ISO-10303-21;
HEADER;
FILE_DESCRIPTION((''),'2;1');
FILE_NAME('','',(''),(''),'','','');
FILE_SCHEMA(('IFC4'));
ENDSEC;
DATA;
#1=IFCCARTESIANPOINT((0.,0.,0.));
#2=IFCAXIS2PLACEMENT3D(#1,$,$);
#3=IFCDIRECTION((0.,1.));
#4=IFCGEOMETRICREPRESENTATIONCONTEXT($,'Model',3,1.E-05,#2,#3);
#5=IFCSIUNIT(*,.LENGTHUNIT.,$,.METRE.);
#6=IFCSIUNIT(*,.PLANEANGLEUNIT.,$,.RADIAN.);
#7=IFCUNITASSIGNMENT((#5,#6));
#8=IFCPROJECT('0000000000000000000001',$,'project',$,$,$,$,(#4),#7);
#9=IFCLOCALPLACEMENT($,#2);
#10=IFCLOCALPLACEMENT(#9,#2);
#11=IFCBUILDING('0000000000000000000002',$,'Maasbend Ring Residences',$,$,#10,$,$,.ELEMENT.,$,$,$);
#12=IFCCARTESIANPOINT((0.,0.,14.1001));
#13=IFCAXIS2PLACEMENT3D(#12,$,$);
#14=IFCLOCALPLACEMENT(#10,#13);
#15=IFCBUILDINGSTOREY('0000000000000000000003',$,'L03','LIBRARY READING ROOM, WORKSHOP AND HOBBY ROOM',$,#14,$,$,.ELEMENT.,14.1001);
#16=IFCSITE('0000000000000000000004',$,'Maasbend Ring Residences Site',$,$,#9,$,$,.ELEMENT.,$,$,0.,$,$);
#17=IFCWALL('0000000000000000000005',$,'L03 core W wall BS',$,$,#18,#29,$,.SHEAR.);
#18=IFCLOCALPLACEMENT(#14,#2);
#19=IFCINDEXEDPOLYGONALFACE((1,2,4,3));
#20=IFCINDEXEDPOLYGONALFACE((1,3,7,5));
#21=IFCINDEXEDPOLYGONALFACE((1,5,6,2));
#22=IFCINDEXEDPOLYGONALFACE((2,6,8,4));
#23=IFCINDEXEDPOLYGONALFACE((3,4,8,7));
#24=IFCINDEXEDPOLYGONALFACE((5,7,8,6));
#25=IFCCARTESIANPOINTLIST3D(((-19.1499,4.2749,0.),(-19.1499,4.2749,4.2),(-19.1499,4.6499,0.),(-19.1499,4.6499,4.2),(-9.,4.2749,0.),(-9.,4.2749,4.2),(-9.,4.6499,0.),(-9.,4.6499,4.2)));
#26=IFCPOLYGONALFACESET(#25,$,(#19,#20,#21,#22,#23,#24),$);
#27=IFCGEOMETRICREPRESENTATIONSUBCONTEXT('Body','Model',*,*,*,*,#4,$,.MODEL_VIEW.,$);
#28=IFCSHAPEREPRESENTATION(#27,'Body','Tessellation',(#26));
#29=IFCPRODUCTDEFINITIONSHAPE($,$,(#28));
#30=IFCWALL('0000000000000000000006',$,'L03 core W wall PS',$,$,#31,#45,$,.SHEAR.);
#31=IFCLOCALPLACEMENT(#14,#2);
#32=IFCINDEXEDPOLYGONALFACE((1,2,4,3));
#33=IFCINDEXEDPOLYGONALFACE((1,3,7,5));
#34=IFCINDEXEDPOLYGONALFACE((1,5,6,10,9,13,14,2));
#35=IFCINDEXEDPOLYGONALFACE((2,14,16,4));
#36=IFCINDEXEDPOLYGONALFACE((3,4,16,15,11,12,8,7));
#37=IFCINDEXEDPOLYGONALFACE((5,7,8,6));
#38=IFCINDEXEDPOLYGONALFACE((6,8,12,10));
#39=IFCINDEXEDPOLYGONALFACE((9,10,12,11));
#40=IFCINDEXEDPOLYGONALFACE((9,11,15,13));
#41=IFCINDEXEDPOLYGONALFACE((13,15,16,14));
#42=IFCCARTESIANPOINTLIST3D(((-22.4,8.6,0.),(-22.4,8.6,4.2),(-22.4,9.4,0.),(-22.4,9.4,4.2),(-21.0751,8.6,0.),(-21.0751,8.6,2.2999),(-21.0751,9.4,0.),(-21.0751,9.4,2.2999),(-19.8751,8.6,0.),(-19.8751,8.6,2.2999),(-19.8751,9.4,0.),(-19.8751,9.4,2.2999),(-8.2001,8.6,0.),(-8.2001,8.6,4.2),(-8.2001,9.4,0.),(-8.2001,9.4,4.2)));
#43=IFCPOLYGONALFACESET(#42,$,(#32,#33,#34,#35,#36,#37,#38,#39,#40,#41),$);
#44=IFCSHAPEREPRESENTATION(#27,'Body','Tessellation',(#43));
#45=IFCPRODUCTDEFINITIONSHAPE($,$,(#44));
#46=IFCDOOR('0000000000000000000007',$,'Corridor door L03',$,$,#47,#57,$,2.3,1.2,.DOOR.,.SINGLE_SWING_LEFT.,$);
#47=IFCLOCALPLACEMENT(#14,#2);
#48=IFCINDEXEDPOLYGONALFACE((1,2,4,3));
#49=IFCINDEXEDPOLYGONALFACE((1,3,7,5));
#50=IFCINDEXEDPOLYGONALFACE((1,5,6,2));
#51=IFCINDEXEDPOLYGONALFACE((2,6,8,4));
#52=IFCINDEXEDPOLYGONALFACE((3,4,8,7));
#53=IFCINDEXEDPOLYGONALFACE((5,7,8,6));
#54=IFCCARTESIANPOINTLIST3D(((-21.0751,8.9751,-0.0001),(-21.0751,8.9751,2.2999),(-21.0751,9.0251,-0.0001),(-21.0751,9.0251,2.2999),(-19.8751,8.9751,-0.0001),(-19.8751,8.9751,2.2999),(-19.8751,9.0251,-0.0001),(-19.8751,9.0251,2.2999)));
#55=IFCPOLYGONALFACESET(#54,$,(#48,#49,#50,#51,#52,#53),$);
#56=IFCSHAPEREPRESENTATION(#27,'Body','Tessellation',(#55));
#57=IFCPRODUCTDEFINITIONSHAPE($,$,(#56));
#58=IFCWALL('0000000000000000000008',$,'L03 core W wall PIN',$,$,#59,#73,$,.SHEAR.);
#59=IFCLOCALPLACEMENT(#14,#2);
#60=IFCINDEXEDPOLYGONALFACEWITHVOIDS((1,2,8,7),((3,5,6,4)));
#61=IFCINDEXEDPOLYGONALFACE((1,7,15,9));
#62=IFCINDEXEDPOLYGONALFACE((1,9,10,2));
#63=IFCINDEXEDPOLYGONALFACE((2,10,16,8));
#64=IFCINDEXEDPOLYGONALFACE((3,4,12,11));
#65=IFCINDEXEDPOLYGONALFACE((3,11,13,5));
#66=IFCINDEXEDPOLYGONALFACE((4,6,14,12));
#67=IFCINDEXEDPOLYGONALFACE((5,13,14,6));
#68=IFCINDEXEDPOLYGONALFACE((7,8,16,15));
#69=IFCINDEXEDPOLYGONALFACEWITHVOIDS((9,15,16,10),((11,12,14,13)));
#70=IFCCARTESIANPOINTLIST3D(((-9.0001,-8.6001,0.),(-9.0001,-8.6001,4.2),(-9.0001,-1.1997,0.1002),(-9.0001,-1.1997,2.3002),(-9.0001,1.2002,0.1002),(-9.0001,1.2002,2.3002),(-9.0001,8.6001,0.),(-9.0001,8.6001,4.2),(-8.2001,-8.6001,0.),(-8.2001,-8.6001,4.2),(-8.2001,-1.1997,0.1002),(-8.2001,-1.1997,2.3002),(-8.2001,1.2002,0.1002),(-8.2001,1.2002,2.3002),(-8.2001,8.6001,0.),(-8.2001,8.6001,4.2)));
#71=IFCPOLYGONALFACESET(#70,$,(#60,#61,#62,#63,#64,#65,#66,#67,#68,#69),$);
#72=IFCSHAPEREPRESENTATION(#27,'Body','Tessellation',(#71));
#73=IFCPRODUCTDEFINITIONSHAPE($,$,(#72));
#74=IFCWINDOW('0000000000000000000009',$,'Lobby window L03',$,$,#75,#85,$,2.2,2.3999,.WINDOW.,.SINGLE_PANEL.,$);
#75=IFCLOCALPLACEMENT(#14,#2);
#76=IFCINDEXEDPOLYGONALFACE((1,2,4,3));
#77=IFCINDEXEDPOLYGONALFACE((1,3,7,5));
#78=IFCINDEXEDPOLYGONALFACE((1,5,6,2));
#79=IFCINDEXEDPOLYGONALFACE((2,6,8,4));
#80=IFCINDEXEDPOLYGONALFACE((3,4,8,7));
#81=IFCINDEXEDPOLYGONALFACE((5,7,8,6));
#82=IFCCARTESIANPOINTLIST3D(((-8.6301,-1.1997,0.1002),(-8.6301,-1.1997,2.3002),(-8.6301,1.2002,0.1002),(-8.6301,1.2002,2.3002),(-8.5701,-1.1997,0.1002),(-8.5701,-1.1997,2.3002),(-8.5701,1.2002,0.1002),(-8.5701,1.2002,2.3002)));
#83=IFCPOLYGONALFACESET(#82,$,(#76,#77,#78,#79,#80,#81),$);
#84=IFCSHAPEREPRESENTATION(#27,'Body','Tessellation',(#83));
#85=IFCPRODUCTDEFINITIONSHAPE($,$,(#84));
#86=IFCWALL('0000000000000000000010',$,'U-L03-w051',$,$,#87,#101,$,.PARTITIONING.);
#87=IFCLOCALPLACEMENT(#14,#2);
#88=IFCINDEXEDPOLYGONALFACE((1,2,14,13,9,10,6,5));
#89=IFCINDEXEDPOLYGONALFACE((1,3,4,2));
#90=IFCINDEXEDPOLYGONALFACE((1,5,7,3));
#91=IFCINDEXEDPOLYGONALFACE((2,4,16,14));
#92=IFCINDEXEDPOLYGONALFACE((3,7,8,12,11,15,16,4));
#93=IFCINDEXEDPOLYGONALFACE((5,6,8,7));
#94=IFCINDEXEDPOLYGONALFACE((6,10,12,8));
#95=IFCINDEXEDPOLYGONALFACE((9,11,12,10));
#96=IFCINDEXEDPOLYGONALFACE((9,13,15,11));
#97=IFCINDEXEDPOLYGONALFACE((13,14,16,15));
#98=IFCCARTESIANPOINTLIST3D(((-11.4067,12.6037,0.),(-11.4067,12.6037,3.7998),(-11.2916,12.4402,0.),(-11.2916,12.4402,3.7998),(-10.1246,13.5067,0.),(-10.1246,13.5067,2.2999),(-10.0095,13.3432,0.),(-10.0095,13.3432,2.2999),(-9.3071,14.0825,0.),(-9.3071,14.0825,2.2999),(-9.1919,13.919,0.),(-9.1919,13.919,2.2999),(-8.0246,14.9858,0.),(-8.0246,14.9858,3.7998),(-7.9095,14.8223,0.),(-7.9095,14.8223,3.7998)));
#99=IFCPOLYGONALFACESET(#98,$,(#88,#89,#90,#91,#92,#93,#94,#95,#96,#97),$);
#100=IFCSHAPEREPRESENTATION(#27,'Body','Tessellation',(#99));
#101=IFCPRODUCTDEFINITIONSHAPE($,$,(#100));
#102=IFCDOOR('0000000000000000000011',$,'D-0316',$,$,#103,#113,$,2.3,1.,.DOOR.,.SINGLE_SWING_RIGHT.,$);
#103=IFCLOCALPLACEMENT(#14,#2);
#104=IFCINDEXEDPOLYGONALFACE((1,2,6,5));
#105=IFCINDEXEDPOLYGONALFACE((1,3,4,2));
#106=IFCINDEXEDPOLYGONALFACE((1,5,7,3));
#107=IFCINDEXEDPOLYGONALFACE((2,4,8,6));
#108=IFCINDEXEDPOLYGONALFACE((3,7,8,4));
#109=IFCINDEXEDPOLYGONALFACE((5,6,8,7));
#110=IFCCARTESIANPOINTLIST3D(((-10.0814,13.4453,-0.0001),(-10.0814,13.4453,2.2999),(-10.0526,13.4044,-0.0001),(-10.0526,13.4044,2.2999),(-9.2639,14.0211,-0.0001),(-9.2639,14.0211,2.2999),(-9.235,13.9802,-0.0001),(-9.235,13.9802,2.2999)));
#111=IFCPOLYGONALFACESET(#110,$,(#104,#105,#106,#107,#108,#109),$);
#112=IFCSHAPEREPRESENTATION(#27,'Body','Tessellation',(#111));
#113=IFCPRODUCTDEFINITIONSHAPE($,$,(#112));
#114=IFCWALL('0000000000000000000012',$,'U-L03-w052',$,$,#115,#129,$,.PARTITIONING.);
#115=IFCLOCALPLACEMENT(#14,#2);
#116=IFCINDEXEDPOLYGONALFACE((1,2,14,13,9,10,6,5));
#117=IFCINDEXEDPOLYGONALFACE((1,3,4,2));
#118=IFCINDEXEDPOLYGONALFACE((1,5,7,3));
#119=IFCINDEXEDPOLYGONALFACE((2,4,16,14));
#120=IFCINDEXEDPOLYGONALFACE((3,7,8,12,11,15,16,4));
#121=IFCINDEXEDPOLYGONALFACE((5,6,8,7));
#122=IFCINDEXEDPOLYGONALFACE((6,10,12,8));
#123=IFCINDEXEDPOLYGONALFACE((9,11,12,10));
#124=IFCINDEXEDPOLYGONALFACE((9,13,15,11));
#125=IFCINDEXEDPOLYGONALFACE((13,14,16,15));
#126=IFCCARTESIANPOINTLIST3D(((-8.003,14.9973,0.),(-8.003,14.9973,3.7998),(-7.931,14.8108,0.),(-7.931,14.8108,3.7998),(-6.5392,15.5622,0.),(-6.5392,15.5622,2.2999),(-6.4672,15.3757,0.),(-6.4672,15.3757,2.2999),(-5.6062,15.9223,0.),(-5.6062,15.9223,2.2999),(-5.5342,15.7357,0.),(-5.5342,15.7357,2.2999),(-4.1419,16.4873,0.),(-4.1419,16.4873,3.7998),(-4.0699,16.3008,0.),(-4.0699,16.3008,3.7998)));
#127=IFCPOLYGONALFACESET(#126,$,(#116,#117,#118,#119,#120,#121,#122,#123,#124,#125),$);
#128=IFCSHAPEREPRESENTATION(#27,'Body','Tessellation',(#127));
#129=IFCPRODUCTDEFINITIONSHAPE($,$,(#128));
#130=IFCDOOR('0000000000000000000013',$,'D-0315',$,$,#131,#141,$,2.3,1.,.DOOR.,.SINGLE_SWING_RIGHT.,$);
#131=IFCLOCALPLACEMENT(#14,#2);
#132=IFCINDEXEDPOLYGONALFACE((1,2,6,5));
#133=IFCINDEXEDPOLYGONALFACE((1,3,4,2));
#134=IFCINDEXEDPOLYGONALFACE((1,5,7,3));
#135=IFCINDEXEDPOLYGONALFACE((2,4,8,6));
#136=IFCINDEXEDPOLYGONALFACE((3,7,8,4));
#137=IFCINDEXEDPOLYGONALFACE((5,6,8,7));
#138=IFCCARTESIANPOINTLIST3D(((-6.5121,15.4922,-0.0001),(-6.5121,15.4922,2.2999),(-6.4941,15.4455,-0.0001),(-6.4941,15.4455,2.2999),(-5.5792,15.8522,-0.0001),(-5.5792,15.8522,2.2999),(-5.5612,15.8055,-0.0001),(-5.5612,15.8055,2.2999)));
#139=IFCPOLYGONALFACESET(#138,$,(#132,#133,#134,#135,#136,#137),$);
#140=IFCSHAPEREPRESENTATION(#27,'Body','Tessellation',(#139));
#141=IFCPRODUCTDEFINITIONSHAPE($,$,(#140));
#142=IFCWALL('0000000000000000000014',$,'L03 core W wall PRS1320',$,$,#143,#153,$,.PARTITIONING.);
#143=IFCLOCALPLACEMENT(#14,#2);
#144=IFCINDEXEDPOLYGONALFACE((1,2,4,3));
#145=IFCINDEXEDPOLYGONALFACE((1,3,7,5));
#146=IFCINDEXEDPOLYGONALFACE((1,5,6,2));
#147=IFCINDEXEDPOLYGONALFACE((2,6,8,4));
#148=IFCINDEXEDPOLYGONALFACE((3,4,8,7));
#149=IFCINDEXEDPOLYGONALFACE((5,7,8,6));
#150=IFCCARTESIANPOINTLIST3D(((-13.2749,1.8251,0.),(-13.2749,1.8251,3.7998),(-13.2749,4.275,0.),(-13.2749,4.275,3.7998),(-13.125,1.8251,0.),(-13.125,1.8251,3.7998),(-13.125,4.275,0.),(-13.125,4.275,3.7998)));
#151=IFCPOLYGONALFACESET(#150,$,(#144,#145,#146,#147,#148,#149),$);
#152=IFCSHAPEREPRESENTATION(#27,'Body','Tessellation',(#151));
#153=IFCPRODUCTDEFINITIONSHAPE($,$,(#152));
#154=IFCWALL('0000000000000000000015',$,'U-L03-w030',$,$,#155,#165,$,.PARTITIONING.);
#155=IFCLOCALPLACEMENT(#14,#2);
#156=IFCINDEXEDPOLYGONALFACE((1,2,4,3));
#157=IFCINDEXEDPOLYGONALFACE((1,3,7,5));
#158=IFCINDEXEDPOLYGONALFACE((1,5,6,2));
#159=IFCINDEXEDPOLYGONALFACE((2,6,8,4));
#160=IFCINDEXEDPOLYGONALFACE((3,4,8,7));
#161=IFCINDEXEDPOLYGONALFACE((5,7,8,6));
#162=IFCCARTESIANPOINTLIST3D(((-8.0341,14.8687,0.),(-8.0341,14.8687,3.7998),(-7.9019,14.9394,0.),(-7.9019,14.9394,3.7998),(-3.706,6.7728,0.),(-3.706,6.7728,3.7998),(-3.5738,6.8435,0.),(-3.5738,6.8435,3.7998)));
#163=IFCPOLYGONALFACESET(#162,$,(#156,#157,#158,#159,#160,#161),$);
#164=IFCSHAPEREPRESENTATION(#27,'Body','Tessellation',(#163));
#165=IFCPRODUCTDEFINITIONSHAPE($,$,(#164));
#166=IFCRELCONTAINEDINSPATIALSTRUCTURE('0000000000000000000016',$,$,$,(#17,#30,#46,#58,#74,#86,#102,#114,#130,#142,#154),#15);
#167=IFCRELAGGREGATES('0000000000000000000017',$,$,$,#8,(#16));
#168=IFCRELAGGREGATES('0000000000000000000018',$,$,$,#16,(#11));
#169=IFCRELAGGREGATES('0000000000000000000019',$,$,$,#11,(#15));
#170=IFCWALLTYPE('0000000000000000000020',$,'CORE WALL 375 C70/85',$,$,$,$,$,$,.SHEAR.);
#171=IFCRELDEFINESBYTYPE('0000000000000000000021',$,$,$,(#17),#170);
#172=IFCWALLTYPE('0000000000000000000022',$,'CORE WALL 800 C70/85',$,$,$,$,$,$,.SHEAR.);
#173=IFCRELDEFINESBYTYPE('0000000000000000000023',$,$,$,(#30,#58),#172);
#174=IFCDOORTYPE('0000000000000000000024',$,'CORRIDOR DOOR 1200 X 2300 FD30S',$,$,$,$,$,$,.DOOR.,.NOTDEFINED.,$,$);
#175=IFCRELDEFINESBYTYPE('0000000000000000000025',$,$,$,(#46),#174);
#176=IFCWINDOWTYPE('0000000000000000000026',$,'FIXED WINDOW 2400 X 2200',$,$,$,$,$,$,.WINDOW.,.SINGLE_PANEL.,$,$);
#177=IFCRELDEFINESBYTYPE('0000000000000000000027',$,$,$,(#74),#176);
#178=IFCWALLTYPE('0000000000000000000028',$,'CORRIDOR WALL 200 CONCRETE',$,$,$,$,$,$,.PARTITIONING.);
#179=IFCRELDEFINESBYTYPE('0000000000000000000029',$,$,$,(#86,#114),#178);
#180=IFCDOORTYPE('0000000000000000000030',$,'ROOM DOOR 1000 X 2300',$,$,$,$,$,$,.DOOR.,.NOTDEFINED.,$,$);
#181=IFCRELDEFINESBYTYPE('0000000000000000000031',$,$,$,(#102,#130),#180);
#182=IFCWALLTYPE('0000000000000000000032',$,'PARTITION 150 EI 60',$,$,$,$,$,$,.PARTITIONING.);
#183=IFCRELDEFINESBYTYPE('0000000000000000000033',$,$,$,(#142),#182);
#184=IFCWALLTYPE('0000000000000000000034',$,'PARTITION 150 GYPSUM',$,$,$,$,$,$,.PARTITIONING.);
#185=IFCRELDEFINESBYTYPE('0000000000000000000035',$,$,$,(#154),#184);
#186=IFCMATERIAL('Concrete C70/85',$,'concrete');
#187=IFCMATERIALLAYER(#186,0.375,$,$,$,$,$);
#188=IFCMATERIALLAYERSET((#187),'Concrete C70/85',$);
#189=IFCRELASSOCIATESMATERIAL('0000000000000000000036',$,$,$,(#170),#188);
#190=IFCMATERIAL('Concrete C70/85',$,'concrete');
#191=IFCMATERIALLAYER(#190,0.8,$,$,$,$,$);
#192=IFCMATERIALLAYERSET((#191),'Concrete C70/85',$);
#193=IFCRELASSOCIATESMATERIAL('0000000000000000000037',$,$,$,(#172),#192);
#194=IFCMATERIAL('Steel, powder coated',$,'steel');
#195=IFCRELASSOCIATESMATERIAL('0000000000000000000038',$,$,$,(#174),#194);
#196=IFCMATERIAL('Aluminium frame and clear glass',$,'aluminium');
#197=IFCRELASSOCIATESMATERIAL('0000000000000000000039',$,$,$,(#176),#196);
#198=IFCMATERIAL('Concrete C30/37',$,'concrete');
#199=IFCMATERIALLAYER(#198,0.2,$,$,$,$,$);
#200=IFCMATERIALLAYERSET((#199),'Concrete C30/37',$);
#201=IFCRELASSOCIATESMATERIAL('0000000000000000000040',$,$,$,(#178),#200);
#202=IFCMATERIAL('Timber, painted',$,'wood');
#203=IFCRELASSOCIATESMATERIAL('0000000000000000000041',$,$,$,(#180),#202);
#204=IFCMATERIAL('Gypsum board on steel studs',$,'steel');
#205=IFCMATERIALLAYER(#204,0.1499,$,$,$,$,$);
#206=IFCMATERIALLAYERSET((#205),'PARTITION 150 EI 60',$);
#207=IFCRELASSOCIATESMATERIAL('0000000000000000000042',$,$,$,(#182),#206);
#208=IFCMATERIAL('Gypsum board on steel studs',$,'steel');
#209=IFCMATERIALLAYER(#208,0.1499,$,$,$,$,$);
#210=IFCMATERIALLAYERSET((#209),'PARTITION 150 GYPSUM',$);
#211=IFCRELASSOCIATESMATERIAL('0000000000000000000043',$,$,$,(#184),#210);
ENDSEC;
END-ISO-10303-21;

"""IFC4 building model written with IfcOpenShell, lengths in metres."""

from ifc_helpers import new_model, si_unit, direction, frame, frame_2d, origin, place, context, subcontext, project, spatial, rectangle, extrude, material, layer, layer_set, type_object, element, fill, save


model = new_model("IFC4")

# Units and contexts
model_context = context("Model", 3, precision=1e-05, world=origin(), true_north=direction((0.0, 1.0)))
body_context = subcontext(model_context, "Body", "Model", "MODEL_VIEW")
ifc_project = project(units=[si_unit("LENGTHUNIT", "METRE"), si_unit("PLANEANGLEUNIT", "RADIAN")], contexts=[model_context])

# Site, building, storey
site_placement = place(None, origin())
site = spatial("IfcSite", under=ifc_project, at=site_placement, Name="Maasbend Ring Residences Site", CompositionType="ELEMENT", RefElevation=0.0)
building_placement = place(site_placement, origin())
building = spatial("IfcBuilding", under=site, at=building_placement, Name="Maasbend Ring Residences", CompositionType="ELEMENT")
storey_placement = place(building_placement, frame((0.0, 0.0, 14.1001)))
storey = spatial("IfcBuildingStorey", under=building, at=storey_placement, Name="L03", Description="LIBRARY READING ROOM, WORKSHOP AND HOBBY ROOM", CompositionType="ELEMENT", Elevation=14.1001)

# Wall
ifc_material_1 = material(Name="Concrete C70/85", Category="concrete")
ifc_layer_1 = layer(ifc_material_1, 0.375)
ifc_layer_set_1 = layer_set([ifc_layer_1], Name="Concrete C70/85")
wall_type_1 = type_object("IfcWallType", Name="CORE WALL 375 C70/85", PredefinedType="SHEAR", material=ifc_layer_set_1)
wall_1_placement = place(storey_placement, frame((-9.0, 4.4624, 0.0), z_axis=(0.0, 0.0, 1.0), x_axis=(-1.0, 0.0, 0.0)))
element("IfcWall", 1, at=wall_1_placement, inside=storey, type_object=wall_type_1, Name="L03 core W wall BS", PredefinedType="SHEAR", context=body_context, shape_type="SweptSolid", body=[
    extrude(rectangle(XDim=10.1499, YDim=0.375, at=frame_2d((5.075, 0.0))), origin(), (0.0, 0.0, 1.0), 4.2),
])

# Wall, opening, door
ifc_material_2 = material(Name="Concrete C70/85", Category="concrete")
ifc_layer_2 = layer(ifc_material_2, 0.8)
ifc_layer_set_2 = layer_set([ifc_layer_2], Name="Concrete C70/85")
wall_type_2 = type_object("IfcWallType", Name="CORE WALL 800 C70/85", PredefinedType="SHEAR", material=ifc_layer_set_2)
wall_2_placement = place(storey_placement, frame((-8.2, 9.0, 0.0), z_axis=(0.0, 0.0, 1.0), x_axis=(-1.0, 0.0, 0.0)))
wall_2 = element("IfcWall", 2, at=wall_2_placement, inside=storey, type_object=wall_type_2, Name="L03 core W wall PS", PredefinedType="SHEAR", context=body_context, shape_type="SweptSolid", body=[
    extrude(rectangle(XDim=14.2, YDim=0.8, at=frame_2d((7.1001, 0.0))), origin(), (0.0, 0.0, 1.0), 4.2),
])
opening_1_placement = place(wall_2_placement, frame((11.675, 0.0, 0.0)))
opening_1 = element("IfcOpeningElement", 3, at=opening_1_placement, cuts=wall_2, PredefinedType="OPENING", context=body_context, shape_type="SweptSolid", body=[
    extrude(rectangle(XDim=1.2, YDim=2.3, at=frame_2d((0.6001, 1.1499))), frame((0.0, 0.4102, 0.0), z_axis=(0.0, -1.0, 0.0), x_axis=(1.0, 0.0, 0.0)), (0.0, 0.0, 1.0), 0.8201),
])
ifc_material_3 = material(Name="Steel, powder coated", Category="steel")
door_type_1 = type_object("IfcDoorType", Name="CORRIDOR DOOR 1200 X 2300 FD30S", OperationType="NOTDEFINED", PredefinedType="DOOR", material=ifc_material_3)
door_1_placement = place(opening_1_placement, origin())
door_1 = element("IfcDoor", 4, at=door_1_placement, inside=storey, type_object=door_type_1, Name="Corridor door L03", OperationType="SINGLE_SWING_LEFT", OverallHeight=2.3, OverallWidth=1.2, PredefinedType="DOOR", context=body_context, shape_type="SweptSolid", body=[
    extrude(rectangle(XDim=1.2, YDim=2.3, at=frame_2d((0.6001, 1.1499))), frame((0.0, 0.0249, 0.0), z_axis=(0.0, -1.0, 0.0), x_axis=(1.0, 0.0, 0.0)), (0.0, 0.0, 1.0), 0.05),
])
fill(opening_1, door_1)

# Wall, opening, window
wall_3_placement = place(storey_placement, frame((-8.6001, 8.6001, 0.0), z_axis=(0.0, 0.0, 1.0), x_axis=(0.0, -1.0, 0.0)))
wall_3 = element("IfcWall", 5, at=wall_3_placement, inside=storey, type_object=wall_type_2, Name="L03 core W wall PIN", PredefinedType="SHEAR", context=body_context, shape_type="SweptSolid", body=[
    extrude(rectangle(XDim=17.2002, YDim=0.8, at=frame_2d((8.6001, 0.0))), origin(), (0.0, 0.0, 1.0), 4.2),
])
opening_2_placement = place(wall_3_placement, frame((7.3999, 0.0, 0.1001)))
opening_2 = element("IfcOpeningElement", 6, at=opening_2_placement, cuts=wall_3, PredefinedType="OPENING", context=body_context, shape_type="SweptSolid", body=[
    extrude(rectangle(XDim=2.3999, YDim=2.2, at=frame_2d((1.2, 1.1001))), frame((0.0, 0.4102, 0.0), z_axis=(0.0, -1.0, 0.0), x_axis=(1.0, 0.0, 0.0)), (0.0, 0.0, 1.0), 0.8201),
])
ifc_material_4 = material(Name="Aluminium frame and clear glass", Category="aluminium")
window_type = type_object("IfcWindowType", Name="FIXED WINDOW 2400 X 2200", PartitioningType="SINGLE_PANEL", PredefinedType="WINDOW", material=ifc_material_4)
window_placement = place(opening_2_placement, origin())
window = element("IfcWindow", 7, at=window_placement, inside=storey, type_object=window_type, Name="Lobby window L03", OverallHeight=2.2, OverallWidth=2.3999, PartitioningType="SINGLE_PANEL", PredefinedType="WINDOW", context=body_context, shape_type="SweptSolid", body=[
    extrude(rectangle(XDim=2.3999, YDim=2.2, at=frame_2d((1.2, 1.1001))), frame((0.0, 0.03, 0.0), z_axis=(0.0, -1.0, 0.0), x_axis=(1.0, 0.0, 0.0)), (0.0, 0.0, 1.0), 0.0601),
])
fill(opening_2, window)

# Walls, openings, doors
ifc_material_5 = material(Name="Concrete C30/37", Category="concrete")
ifc_layer_3 = layer(ifc_material_5, 0.2)
ifc_layer_set_3 = layer_set([ifc_layer_3], Name="Concrete C30/37")
wall_type_3 = type_object("IfcWallType", Name="CORRIDOR WALL 200 CONCRETE", PredefinedType="PARTITIONING", material=ifc_layer_set_3)
wall_4_placement = place(storey_placement, frame((-11.3491, 12.522, 0.0), z_axis=(0.0, 0.0, 1.0), x_axis=(0.817568, 0.575833, 0.0)))
wall_4 = element("IfcWall", 8, at=wall_4_placement, inside=storey, type_object=wall_type_3, Name="U-L03-w051", PredefinedType="PARTITIONING", context=body_context, shape_type="SweptSolid", body=[
    extrude(rectangle(XDim=4.1367, YDim=0.2, at=frame_2d((2.0684, 0.0))), origin(), (0.0, 0.0, 1.0), 3.7998),
])
opening_3_placement = place(wall_4_placement, frame((1.5681, 0.0, 0.0)))
opening_3 = element("IfcOpeningElement", 9, at=opening_3_placement, cuts=wall_4, PredefinedType="OPENING", context=body_context, shape_type="SweptSolid", body=[
    extrude(rectangle(XDim=1.0, YDim=2.3, at=frame_2d((0.5, 1.1499))), frame((0.0, 0.1099, 0.0), z_axis=(0.0, -1.0, 0.0), x_axis=(1.0, 0.0, 0.0)), (0.0, 0.0, 1.0), 0.22),
])
ifc_material_6 = material(Name="Timber, painted", Category="wood")
door_type_2 = type_object("IfcDoorType", Name="ROOM DOOR 1000 X 2300", OperationType="NOTDEFINED", PredefinedType="DOOR", material=ifc_material_6)
door_2_placement = place(opening_3_placement, origin())
door_2 = element("IfcDoor", 10, at=door_2_placement, inside=storey, type_object=door_type_2, Name="D-0316", OperationType="SINGLE_SWING_RIGHT", OverallHeight=2.3, OverallWidth=1.0, PredefinedType="DOOR", context=body_context, shape_type="SweptSolid", body=[
    extrude(rectangle(XDim=1.0, YDim=2.3, at=frame_2d((0.5, 1.1499))), frame((0.0, 0.0249, 0.0), z_axis=(0.0, -1.0, 0.0), x_axis=(1.0, 0.0, 0.0)), (0.0, 0.0, 1.0), 0.05),
])
fill(opening_3, door_2)
wall_5_placement = place(storey_placement, frame((-7.967, 14.9041, 0.0), z_axis=(0.0, 0.0, 1.0), x_axis=(0.932944, 0.360022, 0.0)))
wall_5 = element("IfcWall", 11, at=wall_5_placement, inside=storey, type_object=wall_type_3, Name="U-L03-w052", PredefinedType="PARTITIONING", context=body_context, shape_type="SweptSolid", body=[
    extrude(rectangle(XDim=4.1387, YDim=0.2, at=frame_2d((2.0693, 0.0))), origin(), (0.0, 0.0, 1.0), 3.7998),
])
opening_4_placement = place(wall_5_placement, frame((1.5691, 0.0, 0.0)))
opening_4 = element("IfcOpeningElement", 12, at=opening_4_placement, cuts=wall_5, PredefinedType="OPENING", context=body_context, shape_type="SweptSolid", body=[
    extrude(rectangle(XDim=1.0, YDim=2.3, at=frame_2d((0.5, 1.1499))), frame((0.0, 0.1099, 0.0), z_axis=(0.0, -1.0, 0.0), x_axis=(1.0, 0.0, 0.0)), (0.0, 0.0, 1.0), 0.22),
])
door_3_placement = place(opening_4_placement, origin())
door_3 = element("IfcDoor", 13, at=door_3_placement, inside=storey, type_object=door_type_2, Name="D-0315", OperationType="SINGLE_SWING_RIGHT", OverallHeight=2.3, OverallWidth=1.0, PredefinedType="DOOR", context=body_context, shape_type="SweptSolid", body=[
    extrude(rectangle(XDim=1.0, YDim=2.3, at=frame_2d((0.5, 1.1499))), frame((0.0, 0.0249, 0.0), z_axis=(0.0, -1.0, 0.0), x_axis=(1.0, 0.0, 0.0)), (0.0, 0.0, 1.0), 0.05),
])
fill(opening_4, door_3)

# Walls
ifc_material_7 = material(Name="Gypsum board on steel studs", Category="steel")
ifc_layer_4 = layer(ifc_material_7, 0.1499)
ifc_layer_set_4 = layer_set([ifc_layer_4], Name="PARTITION 150 EI 60")
wall_type_4 = type_object("IfcWallType", Name="PARTITION 150 EI 60", PredefinedType="PARTITIONING", material=ifc_layer_set_4)
wall_6_placement = place(storey_placement, frame((-13.2, 1.825, 0.0), z_axis=(0.0, 0.0, 1.0), x_axis=(0.0, 1.0, 0.0)))
element("IfcWall", 14, at=wall_6_placement, inside=storey, type_object=wall_type_4, Name="L03 core W wall PRS1320", PredefinedType="PARTITIONING", context=body_context, shape_type="SweptSolid", body=[
    extrude(rectangle(XDim=2.45, YDim=0.1499, at=frame_2d((1.2251, 0.0))), origin(), (0.0, 0.0, 1.0), 3.7998),
])
ifc_material_8 = material(Name="Gypsum board on steel studs", Category="steel")
ifc_layer_5 = layer(ifc_material_8, 0.1499)
ifc_layer_set_5 = layer_set([ifc_layer_5], Name="PARTITION 150 GYPSUM")
wall_type_5 = type_object("IfcWallType", Name="PARTITION 150 GYPSUM", PredefinedType="PARTITIONING", material=ifc_layer_set_5)
wall_7_placement = place(storey_placement, frame((-7.968, 14.9041, 0.0), z_axis=(0.0, 0.0, 1.0), x_axis=(0.47146, -0.881887, 0.0)))
element("IfcWall", 15, at=wall_7_placement, inside=storey, type_object=wall_type_5, Name="U-L03-w030", PredefinedType="PARTITIONING", context=body_context, shape_type="SweptSolid", body=[
    extrude(rectangle(XDim=9.1802, YDim=0.1499, at=frame_2d((4.5901, 0.0))), origin(), (0.0, 0.0, 1.0), 3.7998),
])

save(model, "model.ifc")
